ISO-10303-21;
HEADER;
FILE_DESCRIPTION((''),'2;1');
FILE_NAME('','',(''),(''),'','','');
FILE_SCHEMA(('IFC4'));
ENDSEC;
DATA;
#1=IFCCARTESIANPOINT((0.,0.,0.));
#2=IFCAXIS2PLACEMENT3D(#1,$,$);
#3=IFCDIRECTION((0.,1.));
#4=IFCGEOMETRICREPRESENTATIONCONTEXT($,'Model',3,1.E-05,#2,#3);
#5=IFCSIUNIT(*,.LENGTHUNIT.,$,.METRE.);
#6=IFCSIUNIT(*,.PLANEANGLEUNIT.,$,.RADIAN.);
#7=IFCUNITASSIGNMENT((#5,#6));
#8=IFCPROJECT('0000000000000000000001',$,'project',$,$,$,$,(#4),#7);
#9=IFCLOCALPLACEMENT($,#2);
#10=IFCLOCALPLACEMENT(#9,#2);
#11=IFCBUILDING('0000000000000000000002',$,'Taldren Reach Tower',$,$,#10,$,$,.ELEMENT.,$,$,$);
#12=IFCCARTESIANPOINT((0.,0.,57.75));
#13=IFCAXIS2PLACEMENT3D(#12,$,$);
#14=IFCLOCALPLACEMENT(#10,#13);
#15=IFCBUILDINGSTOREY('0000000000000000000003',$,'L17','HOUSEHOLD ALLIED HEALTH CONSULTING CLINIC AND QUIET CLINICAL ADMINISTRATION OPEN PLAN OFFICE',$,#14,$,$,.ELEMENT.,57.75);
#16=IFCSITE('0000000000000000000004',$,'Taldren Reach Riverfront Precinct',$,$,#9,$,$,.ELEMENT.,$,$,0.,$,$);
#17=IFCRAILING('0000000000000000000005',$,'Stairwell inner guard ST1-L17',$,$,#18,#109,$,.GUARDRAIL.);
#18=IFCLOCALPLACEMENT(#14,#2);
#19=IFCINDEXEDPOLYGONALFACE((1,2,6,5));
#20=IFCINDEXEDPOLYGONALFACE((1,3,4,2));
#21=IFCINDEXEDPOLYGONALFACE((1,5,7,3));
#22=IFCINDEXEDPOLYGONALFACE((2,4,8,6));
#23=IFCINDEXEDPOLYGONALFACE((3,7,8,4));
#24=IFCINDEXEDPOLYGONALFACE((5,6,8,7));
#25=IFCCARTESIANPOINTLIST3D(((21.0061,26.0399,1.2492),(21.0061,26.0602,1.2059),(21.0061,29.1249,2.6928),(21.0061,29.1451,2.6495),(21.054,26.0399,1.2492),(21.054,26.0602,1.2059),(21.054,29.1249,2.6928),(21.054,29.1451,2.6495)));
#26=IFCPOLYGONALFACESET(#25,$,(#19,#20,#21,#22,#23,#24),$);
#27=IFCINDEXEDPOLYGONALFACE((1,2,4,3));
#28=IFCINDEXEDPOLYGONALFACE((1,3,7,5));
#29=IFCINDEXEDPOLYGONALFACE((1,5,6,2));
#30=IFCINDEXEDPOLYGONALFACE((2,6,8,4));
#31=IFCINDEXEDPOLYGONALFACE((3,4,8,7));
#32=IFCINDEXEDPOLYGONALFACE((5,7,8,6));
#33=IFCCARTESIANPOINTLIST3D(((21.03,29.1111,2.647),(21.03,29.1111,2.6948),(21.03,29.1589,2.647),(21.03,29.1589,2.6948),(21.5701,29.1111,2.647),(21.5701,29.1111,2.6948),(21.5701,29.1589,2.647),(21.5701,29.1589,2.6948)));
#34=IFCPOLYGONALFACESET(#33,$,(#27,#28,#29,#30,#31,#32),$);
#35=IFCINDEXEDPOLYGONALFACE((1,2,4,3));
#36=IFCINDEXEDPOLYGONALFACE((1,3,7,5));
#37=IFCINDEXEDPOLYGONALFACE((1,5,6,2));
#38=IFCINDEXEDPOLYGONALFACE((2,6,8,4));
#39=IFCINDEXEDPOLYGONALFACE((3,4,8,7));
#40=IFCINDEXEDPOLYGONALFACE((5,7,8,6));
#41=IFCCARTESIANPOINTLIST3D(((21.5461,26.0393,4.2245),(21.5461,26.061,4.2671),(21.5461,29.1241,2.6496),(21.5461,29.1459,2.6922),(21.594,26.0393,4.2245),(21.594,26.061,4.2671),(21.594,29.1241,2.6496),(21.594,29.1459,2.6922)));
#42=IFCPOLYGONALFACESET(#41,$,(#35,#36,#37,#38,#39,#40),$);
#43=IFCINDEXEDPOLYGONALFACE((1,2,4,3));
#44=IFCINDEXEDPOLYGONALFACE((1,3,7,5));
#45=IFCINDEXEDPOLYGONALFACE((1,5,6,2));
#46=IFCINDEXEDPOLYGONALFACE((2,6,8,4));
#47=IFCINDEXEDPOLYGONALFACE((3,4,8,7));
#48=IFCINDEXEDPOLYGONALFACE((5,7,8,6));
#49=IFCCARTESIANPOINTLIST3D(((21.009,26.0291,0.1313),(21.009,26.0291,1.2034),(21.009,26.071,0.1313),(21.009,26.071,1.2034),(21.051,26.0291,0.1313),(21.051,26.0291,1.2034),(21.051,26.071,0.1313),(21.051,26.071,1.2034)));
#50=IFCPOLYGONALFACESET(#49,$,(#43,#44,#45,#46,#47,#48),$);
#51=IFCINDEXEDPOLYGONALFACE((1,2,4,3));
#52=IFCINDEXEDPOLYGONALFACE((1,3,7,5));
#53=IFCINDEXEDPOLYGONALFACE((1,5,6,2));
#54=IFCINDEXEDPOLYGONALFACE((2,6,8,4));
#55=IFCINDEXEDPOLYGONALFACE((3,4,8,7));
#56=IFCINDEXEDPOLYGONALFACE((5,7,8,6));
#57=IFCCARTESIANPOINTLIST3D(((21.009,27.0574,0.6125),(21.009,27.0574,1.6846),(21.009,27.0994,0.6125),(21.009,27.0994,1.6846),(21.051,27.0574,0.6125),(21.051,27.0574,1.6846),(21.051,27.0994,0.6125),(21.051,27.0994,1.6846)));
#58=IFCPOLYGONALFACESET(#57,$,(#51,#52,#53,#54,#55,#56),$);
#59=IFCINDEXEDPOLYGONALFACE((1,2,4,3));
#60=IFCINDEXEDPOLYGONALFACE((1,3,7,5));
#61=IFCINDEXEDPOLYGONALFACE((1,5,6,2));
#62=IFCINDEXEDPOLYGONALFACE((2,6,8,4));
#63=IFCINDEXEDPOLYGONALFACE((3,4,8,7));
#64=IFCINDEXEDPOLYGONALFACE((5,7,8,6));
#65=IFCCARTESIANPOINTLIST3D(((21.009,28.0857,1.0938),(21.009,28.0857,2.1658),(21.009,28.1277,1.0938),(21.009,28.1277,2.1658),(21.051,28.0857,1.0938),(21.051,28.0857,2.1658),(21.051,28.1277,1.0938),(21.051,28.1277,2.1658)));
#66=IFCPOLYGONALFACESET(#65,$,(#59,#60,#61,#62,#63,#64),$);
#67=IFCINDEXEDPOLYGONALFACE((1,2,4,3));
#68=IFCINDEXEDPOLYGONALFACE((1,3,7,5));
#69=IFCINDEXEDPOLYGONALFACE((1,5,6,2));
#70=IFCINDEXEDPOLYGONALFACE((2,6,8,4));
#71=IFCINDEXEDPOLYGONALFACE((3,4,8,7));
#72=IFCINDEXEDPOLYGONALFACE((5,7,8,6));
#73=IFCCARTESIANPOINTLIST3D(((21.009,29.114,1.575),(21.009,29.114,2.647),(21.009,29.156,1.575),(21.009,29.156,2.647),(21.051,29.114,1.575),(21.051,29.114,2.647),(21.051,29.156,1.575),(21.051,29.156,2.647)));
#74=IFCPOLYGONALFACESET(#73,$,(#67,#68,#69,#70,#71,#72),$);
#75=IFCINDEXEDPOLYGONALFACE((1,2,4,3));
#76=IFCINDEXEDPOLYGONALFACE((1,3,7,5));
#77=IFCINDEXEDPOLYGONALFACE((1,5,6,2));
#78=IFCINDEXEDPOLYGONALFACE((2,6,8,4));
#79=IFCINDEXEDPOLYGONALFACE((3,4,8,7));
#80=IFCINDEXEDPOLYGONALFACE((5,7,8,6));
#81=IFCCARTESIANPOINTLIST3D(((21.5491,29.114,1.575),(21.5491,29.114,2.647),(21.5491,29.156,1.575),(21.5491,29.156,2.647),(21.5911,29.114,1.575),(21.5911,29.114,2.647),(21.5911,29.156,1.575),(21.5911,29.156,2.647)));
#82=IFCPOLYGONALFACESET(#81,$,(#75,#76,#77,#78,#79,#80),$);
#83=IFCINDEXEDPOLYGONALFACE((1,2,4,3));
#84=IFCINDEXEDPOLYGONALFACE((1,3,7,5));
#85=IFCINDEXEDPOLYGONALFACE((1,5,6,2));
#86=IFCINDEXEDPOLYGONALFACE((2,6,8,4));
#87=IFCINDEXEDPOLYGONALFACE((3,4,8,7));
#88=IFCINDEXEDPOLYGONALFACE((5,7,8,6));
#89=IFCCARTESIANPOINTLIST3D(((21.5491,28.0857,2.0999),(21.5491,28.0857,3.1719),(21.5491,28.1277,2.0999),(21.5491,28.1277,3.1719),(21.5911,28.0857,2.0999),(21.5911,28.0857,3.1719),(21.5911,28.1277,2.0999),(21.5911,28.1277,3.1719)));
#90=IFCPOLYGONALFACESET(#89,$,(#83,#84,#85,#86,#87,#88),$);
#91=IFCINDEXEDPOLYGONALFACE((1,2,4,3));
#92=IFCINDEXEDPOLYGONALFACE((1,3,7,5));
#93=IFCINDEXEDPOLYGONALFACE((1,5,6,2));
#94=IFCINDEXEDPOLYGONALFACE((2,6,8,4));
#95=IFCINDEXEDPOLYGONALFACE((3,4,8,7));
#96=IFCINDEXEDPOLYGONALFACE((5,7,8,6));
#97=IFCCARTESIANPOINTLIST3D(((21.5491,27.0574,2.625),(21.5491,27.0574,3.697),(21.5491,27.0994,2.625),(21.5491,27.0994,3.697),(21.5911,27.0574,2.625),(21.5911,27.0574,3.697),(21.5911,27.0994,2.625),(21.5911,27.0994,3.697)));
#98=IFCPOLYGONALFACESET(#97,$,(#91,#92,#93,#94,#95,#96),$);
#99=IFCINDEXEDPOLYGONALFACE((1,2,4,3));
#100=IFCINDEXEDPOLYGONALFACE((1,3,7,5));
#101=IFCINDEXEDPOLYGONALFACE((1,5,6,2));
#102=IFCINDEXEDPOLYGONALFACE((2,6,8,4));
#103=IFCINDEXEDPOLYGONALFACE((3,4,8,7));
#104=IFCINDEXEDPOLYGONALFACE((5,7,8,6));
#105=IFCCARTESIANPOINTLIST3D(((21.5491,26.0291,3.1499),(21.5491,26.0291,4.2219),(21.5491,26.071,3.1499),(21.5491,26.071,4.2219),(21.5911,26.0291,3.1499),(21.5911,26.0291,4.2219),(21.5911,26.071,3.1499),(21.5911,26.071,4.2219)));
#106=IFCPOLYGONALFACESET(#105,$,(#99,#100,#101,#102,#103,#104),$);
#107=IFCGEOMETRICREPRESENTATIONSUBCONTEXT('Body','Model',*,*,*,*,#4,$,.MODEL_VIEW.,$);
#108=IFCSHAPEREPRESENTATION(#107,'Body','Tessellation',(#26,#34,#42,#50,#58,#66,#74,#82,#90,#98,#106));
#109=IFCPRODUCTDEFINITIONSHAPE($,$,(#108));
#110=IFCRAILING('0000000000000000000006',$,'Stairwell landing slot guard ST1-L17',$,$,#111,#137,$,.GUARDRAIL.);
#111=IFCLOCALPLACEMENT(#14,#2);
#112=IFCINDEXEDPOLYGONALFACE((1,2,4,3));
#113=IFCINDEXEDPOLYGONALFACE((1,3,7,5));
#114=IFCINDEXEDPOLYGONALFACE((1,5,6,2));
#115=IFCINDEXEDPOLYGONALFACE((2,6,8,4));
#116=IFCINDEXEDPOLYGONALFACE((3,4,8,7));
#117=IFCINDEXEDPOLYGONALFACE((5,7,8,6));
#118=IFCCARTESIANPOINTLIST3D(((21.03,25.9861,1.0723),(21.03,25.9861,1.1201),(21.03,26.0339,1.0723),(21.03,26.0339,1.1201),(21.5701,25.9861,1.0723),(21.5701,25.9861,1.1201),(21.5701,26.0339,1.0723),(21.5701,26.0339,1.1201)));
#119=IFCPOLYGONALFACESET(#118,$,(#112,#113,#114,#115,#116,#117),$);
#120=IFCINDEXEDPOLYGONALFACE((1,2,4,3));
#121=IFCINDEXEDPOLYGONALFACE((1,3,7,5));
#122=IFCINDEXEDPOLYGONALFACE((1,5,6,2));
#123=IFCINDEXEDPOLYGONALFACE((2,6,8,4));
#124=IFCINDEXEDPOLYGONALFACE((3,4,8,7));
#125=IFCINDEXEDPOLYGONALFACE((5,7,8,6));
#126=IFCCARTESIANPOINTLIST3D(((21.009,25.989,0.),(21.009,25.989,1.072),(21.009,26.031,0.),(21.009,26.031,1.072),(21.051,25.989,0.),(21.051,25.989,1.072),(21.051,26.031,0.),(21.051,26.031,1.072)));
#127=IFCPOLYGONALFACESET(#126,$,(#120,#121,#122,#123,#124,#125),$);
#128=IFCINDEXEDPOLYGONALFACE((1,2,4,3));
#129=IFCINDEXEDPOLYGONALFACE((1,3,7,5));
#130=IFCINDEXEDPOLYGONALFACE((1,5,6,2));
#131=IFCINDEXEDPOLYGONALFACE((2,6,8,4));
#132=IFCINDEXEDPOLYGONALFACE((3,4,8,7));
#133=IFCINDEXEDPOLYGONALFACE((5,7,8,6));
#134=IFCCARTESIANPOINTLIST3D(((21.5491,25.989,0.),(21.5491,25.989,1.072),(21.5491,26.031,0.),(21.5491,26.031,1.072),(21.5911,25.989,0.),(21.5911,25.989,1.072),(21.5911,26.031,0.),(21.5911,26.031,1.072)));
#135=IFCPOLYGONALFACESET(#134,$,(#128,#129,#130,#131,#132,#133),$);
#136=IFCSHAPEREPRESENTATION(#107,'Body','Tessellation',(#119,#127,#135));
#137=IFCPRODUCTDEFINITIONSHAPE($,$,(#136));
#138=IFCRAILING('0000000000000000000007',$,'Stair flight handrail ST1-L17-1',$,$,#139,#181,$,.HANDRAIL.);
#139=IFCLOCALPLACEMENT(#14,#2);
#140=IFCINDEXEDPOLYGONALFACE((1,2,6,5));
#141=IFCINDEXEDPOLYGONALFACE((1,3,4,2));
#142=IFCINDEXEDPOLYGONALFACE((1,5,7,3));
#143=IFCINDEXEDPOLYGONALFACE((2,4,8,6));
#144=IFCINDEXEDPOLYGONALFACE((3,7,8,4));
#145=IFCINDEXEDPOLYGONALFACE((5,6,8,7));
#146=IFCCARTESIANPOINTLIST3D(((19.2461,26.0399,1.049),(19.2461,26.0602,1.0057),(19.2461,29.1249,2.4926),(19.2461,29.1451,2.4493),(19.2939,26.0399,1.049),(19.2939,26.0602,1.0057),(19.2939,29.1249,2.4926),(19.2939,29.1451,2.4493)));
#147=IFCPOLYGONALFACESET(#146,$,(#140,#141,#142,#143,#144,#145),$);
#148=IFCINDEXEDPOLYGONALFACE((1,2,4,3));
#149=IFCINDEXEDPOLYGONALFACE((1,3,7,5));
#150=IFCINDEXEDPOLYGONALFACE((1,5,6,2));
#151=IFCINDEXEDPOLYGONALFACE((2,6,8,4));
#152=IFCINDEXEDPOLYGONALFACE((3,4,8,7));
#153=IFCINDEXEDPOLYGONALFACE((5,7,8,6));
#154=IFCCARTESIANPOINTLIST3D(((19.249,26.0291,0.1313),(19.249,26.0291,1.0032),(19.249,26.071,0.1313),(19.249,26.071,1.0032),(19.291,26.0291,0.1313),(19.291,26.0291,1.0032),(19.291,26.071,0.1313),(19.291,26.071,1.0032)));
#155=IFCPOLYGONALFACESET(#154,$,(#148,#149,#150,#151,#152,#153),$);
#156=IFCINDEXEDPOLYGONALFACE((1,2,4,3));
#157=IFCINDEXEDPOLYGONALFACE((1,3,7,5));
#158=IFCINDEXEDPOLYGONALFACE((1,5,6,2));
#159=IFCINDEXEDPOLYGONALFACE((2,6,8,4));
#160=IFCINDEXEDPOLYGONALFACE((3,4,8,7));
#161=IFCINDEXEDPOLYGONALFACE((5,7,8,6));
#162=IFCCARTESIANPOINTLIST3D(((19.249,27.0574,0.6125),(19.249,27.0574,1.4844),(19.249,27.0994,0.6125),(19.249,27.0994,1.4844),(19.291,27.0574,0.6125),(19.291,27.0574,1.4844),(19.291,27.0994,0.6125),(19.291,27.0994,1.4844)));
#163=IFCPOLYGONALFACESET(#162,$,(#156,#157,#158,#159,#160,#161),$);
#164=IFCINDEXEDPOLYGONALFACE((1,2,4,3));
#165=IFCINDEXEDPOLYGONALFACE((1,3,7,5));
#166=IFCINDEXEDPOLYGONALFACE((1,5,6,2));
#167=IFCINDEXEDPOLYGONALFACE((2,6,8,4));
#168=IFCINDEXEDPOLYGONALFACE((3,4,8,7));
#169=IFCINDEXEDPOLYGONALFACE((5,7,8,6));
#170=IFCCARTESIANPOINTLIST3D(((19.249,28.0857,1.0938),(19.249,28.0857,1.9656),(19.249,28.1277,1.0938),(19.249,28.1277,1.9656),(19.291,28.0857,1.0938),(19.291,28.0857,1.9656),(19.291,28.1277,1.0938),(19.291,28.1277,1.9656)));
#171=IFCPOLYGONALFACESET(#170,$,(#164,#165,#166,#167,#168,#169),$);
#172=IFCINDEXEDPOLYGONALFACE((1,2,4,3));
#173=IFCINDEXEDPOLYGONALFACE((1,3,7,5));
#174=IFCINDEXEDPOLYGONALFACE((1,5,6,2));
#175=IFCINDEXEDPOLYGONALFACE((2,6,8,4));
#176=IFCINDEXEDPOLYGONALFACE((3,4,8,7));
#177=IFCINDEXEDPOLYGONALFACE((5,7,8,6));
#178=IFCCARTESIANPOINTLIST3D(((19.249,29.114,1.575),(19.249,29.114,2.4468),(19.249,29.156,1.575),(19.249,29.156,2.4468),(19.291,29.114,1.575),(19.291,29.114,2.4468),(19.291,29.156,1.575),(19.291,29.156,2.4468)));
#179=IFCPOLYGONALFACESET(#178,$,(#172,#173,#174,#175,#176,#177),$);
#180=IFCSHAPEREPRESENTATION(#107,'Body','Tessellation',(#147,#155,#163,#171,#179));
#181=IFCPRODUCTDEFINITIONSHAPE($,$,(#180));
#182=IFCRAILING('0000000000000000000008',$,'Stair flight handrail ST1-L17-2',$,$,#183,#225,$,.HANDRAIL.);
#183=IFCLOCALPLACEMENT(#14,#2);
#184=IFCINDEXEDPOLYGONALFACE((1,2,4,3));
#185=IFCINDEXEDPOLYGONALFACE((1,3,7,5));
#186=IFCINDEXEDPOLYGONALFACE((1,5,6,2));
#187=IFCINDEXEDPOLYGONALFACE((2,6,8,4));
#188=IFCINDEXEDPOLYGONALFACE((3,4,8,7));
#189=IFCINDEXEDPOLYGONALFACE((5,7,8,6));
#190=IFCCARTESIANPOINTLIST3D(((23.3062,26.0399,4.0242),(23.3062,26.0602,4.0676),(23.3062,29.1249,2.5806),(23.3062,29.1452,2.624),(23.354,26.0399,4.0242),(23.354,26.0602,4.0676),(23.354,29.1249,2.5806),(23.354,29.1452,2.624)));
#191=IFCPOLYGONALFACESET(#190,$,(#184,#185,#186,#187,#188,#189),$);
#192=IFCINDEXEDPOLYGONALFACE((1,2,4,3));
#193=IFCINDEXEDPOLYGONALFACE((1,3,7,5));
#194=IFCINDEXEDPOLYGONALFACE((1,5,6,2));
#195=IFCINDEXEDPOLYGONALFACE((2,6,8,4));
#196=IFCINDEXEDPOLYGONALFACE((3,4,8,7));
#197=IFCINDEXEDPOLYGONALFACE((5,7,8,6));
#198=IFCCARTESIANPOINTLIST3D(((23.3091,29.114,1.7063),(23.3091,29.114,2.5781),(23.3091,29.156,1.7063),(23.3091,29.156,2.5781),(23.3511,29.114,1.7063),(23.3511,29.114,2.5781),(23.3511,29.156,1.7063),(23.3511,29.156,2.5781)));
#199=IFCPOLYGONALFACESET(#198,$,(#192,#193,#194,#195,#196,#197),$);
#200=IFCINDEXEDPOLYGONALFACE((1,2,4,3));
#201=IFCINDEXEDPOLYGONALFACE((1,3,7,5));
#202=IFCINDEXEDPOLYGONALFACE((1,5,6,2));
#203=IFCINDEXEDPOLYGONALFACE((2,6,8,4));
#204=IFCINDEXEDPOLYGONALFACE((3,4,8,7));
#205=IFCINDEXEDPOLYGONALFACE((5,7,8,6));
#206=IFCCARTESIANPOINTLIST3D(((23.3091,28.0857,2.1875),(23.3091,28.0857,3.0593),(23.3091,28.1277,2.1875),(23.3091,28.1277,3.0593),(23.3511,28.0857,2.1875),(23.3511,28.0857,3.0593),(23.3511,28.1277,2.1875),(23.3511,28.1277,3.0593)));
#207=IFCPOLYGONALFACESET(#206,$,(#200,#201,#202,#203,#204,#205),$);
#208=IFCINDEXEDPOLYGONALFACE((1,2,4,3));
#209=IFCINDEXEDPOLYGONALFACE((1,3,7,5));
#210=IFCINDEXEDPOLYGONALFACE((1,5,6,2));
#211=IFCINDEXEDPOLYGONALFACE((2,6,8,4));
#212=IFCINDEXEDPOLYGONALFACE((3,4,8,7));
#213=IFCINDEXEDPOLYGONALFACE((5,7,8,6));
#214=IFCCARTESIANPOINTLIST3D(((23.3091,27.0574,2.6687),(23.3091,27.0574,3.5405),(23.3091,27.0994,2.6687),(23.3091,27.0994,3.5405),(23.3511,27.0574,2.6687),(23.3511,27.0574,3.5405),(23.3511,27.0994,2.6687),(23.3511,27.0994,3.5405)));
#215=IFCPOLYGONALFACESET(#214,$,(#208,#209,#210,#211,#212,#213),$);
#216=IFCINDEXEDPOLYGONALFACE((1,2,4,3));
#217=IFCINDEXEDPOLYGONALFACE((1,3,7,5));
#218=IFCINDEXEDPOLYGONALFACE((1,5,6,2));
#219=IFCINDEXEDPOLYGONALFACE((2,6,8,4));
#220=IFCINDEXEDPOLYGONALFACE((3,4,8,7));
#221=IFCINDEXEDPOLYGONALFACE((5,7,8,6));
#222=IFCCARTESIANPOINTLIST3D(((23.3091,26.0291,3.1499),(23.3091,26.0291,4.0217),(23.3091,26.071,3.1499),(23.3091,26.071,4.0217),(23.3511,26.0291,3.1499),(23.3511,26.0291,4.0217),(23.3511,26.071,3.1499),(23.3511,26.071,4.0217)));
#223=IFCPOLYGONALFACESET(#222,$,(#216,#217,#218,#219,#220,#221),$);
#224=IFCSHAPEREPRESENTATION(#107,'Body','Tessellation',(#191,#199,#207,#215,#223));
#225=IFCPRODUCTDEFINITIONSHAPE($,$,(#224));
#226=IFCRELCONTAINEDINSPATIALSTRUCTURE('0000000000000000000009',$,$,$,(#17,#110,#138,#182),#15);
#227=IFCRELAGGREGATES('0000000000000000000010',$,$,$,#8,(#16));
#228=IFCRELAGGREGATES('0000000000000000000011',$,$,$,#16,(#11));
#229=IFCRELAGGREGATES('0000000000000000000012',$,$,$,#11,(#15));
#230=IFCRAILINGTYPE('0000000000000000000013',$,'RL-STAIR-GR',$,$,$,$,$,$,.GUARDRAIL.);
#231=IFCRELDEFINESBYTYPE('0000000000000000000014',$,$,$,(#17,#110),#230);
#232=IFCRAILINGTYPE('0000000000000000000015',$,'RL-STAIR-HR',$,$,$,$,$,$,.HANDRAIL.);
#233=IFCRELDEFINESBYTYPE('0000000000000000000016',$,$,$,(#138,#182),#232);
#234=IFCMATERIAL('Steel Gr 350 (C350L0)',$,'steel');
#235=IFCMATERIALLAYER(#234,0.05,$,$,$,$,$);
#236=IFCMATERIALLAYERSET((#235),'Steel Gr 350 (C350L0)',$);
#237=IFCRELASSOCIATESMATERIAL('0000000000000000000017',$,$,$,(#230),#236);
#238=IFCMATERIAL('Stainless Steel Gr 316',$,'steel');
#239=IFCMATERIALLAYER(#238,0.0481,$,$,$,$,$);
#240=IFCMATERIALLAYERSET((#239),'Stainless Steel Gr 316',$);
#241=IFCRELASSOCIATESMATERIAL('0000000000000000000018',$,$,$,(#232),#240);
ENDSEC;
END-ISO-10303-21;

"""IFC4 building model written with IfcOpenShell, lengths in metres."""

from ifc_helpers import new_model, si_unit, direction, frame, origin, origin_2d, place, context, subcontext, project, spatial, rectangle, extrude, material, layer, layer_set, type_object, element, save


model = new_model("IFC4")

# Units and contexts
model_context = context("Model", 3, precision=1e-05, world=origin(), true_north=direction((0.0, 1.0)))
body_context = subcontext(model_context, "Body", "Model", "MODEL_VIEW")
ifc_project = project(units=[si_unit("LENGTHUNIT", "METRE"), si_unit("PLANEANGLEUNIT", "RADIAN")], contexts=[model_context])

# Site, building, storey
site_placement = place(None, origin())
site = spatial("IfcSite", under=ifc_project, at=site_placement, Name="Taldren Reach Riverfront Precinct", CompositionType="ELEMENT", RefElevation=0.0)
building_placement = place(site_placement, origin())
building = spatial("IfcBuilding", under=site, at=building_placement, Name="Taldren Reach Tower", CompositionType="ELEMENT")
storey_placement = place(building_placement, frame((0.0, 0.0, 57.75)))
storey = spatial("IfcBuildingStorey", under=building, at=storey_placement, Name="L17", Description="HOUSEHOLD ALLIED HEALTH CONSULTING CLINIC AND QUIET CLINICAL ADMINISTRATION OPEN PLAN OFFICE", CompositionType="ELEMENT", Elevation=57.75)

# Shared definitions
ifc_material_1 = material(Name="Steel Gr 350 (C350L0)", Category="steel")

# Railings
ifc_layer_1 = layer(ifc_material_1, 0.05)
ifc_layer_set_1 = layer_set([ifc_layer_1], Name="Steel Gr 350 (C350L0)")
railing_type_1 = type_object("IfcRailingType", Name="RL-STAIR-GR", PredefinedType="GUARDRAIL", material=ifc_layer_set_1)
railing_1_placement = place(storey_placement, frame((21.03, 26.05, 0.1313)))
element("IfcRailing", 1, at=railing_1_placement, inside=storey, type_object=railing_type_1, Name="Stairwell inner guard ST1-L17", PredefinedType="GUARDRAIL", context=body_context, shape_type="SweptSolid", body=[
    extrude(rectangle(XDim=0.0479, YDim=0.0479, at=origin_2d()), frame((0.0, 0.0, 1.0962), z_axis=(0.0, 0.905738, 0.423839), x_axis=(-1.0, 0.0, 0.0)), (0.0, 0.0, 1.0), 3.406),
    extrude(rectangle(XDim=0.0479, YDim=0.0479, at=origin_2d()), frame((0.0, 3.085, 2.5396), z_axis=(1.0, 0.0, 0.0), x_axis=(0.0, 1.0, 0.0)), (0.0, 0.0, 1.0), 0.54),
    extrude(rectangle(XDim=0.0479, YDim=0.0479, at=origin_2d()), frame((0.54, 3.085, 2.5396), z_axis=(0.0, -0.890646, 0.454697), x_axis=(1.0, 0.0, 0.0)), (0.0, 0.0, 1.0), 3.4636),
    extrude(rectangle(XDim=0.042, YDim=0.042, at=origin_2d()), origin(), (0.0, 0.0, 1.0), 1.072),
    extrude(rectangle(XDim=0.042, YDim=0.042, at=origin_2d()), frame((0.0, 1.0283, 0.4812)), (0.0, 0.0, 1.0), 1.072),
    extrude(rectangle(XDim=0.042, YDim=0.042, at=origin_2d()), frame((0.0, 2.0566, 0.9624)), (0.0, 0.0, 1.0), 1.072),
    extrude(rectangle(XDim=0.042, YDim=0.042, at=origin_2d()), frame((0.0, 3.085, 1.4436)), (0.0, 0.0, 1.0), 1.072),
    extrude(rectangle(XDim=0.042, YDim=0.042, at=origin_2d()), frame((0.54, 3.085, 1.4436)), (0.0, 0.0, 1.0), 1.072),
    extrude(rectangle(XDim=0.042, YDim=0.042, at=origin_2d()), frame((0.54, 2.0566, 1.9685)), (0.0, 0.0, 1.0), 1.072),
    extrude(rectangle(XDim=0.042, YDim=0.042, at=origin_2d()), frame((0.54, 1.0283, 2.4937)), (0.0, 0.0, 1.0), 1.072),
    extrude(rectangle(XDim=0.042, YDim=0.042, at=origin_2d()), frame((0.54, 0.0, 3.0186)), (0.0, 0.0, 1.0), 1.072),
])
railing_2_placement = place(storey_placement, frame((21.03, 26.01, 0.0)))
element("IfcRailing", 2, at=railing_2_placement, inside=storey, type_object=railing_type_1, Name="Stairwell landing slot guard ST1-L17", PredefinedType="GUARDRAIL", context=body_context, shape_type="SweptSolid", body=[
    extrude(rectangle(XDim=0.0479, YDim=0.0479, at=origin_2d()), frame((0.0, 0.0, 1.0962), z_axis=(1.0, 0.0, 0.0), x_axis=(0.0, 1.0, 0.0)), (0.0, 0.0, 1.0), 0.54),
    extrude(rectangle(XDim=0.042, YDim=0.042, at=origin_2d()), origin(), (0.0, 0.0, 1.0), 1.072),
    extrude(rectangle(XDim=0.042, YDim=0.042, at=origin_2d()), frame((0.54, 0.0, 0.0)), (0.0, 0.0, 1.0), 1.072),
])
ifc_material_2 = material(Name="Stainless Steel Gr 316", Category="steel")
ifc_layer_2 = layer(ifc_material_2, 0.0481)
ifc_layer_set_2 = layer_set([ifc_layer_2], Name="Stainless Steel Gr 316")
railing_type_2 = type_object("IfcRailingType", Name="RL-STAIR-HR", PredefinedType="HANDRAIL", material=ifc_layer_set_2)
railing_3_placement = place(storey_placement, frame((19.27, 26.05, 0.1313)))
element("IfcRailing", 3, at=railing_3_placement, inside=storey, type_object=railing_type_2, Name="Stair flight handrail ST1-L17-1", PredefinedType="HANDRAIL", context=body_context, shape_type="SweptSolid", body=[
    extrude(rectangle(XDim=0.0479, YDim=0.0479, at=origin_2d()), frame((0.0, 0.0, 0.896), z_axis=(0.0, 0.905738, 0.423839), x_axis=(-1.0, 0.0, 0.0)), (0.0, 0.0, 1.0), 3.406),
    extrude(rectangle(XDim=0.042, YDim=0.042, at=origin_2d()), origin(), (0.0, 0.0, 1.0), 0.8718),
    extrude(rectangle(XDim=0.042, YDim=0.042, at=origin_2d()), frame((0.0, 1.0283, 0.4812)), (0.0, 0.0, 1.0), 0.8718),
    extrude(rectangle(XDim=0.042, YDim=0.042, at=origin_2d()), frame((0.0, 2.0566, 0.9624)), (0.0, 0.0, 1.0), 0.8718),
    extrude(rectangle(XDim=0.042, YDim=0.042, at=origin_2d()), frame((0.0, 3.085, 1.4436)), (0.0, 0.0, 1.0), 0.8718),
])
railing_4_placement = place(storey_placement, frame((23.3301, 29.135, 1.7063)))
element("IfcRailing", 4, at=railing_4_placement, inside=storey, type_object=railing_type_2, Name="Stair flight handrail ST1-L17-2", PredefinedType="HANDRAIL", context=body_context, shape_type="SweptSolid", body=[
    extrude(rectangle(XDim=0.0479, YDim=0.0479, at=origin_2d()), frame((0.0, 0.0, 0.896), z_axis=(0.0, -0.905738, 0.423839), x_axis=(1.0, 0.0, 0.0)), (0.0, 0.0, 1.0), 3.406),
    extrude(rectangle(XDim=0.042, YDim=0.042, at=origin_2d()), origin(), (0.0, 0.0, 1.0), 0.8718),
    extrude(rectangle(XDim=0.042, YDim=0.042, at=origin_2d()), frame((0.0, -1.0283, 0.4812)), (0.0, 0.0, 1.0), 0.8718),
    extrude(rectangle(XDim=0.042, YDim=0.042, at=origin_2d()), frame((0.0, -2.0566, 0.9624)), (0.0, 0.0, 1.0), 0.8718),
    extrude(rectangle(XDim=0.042, YDim=0.042, at=origin_2d()), frame((0.0, -3.085, 1.4436)), (0.0, 0.0, 1.0), 0.8718),
])

save(model, "model.ifc")
